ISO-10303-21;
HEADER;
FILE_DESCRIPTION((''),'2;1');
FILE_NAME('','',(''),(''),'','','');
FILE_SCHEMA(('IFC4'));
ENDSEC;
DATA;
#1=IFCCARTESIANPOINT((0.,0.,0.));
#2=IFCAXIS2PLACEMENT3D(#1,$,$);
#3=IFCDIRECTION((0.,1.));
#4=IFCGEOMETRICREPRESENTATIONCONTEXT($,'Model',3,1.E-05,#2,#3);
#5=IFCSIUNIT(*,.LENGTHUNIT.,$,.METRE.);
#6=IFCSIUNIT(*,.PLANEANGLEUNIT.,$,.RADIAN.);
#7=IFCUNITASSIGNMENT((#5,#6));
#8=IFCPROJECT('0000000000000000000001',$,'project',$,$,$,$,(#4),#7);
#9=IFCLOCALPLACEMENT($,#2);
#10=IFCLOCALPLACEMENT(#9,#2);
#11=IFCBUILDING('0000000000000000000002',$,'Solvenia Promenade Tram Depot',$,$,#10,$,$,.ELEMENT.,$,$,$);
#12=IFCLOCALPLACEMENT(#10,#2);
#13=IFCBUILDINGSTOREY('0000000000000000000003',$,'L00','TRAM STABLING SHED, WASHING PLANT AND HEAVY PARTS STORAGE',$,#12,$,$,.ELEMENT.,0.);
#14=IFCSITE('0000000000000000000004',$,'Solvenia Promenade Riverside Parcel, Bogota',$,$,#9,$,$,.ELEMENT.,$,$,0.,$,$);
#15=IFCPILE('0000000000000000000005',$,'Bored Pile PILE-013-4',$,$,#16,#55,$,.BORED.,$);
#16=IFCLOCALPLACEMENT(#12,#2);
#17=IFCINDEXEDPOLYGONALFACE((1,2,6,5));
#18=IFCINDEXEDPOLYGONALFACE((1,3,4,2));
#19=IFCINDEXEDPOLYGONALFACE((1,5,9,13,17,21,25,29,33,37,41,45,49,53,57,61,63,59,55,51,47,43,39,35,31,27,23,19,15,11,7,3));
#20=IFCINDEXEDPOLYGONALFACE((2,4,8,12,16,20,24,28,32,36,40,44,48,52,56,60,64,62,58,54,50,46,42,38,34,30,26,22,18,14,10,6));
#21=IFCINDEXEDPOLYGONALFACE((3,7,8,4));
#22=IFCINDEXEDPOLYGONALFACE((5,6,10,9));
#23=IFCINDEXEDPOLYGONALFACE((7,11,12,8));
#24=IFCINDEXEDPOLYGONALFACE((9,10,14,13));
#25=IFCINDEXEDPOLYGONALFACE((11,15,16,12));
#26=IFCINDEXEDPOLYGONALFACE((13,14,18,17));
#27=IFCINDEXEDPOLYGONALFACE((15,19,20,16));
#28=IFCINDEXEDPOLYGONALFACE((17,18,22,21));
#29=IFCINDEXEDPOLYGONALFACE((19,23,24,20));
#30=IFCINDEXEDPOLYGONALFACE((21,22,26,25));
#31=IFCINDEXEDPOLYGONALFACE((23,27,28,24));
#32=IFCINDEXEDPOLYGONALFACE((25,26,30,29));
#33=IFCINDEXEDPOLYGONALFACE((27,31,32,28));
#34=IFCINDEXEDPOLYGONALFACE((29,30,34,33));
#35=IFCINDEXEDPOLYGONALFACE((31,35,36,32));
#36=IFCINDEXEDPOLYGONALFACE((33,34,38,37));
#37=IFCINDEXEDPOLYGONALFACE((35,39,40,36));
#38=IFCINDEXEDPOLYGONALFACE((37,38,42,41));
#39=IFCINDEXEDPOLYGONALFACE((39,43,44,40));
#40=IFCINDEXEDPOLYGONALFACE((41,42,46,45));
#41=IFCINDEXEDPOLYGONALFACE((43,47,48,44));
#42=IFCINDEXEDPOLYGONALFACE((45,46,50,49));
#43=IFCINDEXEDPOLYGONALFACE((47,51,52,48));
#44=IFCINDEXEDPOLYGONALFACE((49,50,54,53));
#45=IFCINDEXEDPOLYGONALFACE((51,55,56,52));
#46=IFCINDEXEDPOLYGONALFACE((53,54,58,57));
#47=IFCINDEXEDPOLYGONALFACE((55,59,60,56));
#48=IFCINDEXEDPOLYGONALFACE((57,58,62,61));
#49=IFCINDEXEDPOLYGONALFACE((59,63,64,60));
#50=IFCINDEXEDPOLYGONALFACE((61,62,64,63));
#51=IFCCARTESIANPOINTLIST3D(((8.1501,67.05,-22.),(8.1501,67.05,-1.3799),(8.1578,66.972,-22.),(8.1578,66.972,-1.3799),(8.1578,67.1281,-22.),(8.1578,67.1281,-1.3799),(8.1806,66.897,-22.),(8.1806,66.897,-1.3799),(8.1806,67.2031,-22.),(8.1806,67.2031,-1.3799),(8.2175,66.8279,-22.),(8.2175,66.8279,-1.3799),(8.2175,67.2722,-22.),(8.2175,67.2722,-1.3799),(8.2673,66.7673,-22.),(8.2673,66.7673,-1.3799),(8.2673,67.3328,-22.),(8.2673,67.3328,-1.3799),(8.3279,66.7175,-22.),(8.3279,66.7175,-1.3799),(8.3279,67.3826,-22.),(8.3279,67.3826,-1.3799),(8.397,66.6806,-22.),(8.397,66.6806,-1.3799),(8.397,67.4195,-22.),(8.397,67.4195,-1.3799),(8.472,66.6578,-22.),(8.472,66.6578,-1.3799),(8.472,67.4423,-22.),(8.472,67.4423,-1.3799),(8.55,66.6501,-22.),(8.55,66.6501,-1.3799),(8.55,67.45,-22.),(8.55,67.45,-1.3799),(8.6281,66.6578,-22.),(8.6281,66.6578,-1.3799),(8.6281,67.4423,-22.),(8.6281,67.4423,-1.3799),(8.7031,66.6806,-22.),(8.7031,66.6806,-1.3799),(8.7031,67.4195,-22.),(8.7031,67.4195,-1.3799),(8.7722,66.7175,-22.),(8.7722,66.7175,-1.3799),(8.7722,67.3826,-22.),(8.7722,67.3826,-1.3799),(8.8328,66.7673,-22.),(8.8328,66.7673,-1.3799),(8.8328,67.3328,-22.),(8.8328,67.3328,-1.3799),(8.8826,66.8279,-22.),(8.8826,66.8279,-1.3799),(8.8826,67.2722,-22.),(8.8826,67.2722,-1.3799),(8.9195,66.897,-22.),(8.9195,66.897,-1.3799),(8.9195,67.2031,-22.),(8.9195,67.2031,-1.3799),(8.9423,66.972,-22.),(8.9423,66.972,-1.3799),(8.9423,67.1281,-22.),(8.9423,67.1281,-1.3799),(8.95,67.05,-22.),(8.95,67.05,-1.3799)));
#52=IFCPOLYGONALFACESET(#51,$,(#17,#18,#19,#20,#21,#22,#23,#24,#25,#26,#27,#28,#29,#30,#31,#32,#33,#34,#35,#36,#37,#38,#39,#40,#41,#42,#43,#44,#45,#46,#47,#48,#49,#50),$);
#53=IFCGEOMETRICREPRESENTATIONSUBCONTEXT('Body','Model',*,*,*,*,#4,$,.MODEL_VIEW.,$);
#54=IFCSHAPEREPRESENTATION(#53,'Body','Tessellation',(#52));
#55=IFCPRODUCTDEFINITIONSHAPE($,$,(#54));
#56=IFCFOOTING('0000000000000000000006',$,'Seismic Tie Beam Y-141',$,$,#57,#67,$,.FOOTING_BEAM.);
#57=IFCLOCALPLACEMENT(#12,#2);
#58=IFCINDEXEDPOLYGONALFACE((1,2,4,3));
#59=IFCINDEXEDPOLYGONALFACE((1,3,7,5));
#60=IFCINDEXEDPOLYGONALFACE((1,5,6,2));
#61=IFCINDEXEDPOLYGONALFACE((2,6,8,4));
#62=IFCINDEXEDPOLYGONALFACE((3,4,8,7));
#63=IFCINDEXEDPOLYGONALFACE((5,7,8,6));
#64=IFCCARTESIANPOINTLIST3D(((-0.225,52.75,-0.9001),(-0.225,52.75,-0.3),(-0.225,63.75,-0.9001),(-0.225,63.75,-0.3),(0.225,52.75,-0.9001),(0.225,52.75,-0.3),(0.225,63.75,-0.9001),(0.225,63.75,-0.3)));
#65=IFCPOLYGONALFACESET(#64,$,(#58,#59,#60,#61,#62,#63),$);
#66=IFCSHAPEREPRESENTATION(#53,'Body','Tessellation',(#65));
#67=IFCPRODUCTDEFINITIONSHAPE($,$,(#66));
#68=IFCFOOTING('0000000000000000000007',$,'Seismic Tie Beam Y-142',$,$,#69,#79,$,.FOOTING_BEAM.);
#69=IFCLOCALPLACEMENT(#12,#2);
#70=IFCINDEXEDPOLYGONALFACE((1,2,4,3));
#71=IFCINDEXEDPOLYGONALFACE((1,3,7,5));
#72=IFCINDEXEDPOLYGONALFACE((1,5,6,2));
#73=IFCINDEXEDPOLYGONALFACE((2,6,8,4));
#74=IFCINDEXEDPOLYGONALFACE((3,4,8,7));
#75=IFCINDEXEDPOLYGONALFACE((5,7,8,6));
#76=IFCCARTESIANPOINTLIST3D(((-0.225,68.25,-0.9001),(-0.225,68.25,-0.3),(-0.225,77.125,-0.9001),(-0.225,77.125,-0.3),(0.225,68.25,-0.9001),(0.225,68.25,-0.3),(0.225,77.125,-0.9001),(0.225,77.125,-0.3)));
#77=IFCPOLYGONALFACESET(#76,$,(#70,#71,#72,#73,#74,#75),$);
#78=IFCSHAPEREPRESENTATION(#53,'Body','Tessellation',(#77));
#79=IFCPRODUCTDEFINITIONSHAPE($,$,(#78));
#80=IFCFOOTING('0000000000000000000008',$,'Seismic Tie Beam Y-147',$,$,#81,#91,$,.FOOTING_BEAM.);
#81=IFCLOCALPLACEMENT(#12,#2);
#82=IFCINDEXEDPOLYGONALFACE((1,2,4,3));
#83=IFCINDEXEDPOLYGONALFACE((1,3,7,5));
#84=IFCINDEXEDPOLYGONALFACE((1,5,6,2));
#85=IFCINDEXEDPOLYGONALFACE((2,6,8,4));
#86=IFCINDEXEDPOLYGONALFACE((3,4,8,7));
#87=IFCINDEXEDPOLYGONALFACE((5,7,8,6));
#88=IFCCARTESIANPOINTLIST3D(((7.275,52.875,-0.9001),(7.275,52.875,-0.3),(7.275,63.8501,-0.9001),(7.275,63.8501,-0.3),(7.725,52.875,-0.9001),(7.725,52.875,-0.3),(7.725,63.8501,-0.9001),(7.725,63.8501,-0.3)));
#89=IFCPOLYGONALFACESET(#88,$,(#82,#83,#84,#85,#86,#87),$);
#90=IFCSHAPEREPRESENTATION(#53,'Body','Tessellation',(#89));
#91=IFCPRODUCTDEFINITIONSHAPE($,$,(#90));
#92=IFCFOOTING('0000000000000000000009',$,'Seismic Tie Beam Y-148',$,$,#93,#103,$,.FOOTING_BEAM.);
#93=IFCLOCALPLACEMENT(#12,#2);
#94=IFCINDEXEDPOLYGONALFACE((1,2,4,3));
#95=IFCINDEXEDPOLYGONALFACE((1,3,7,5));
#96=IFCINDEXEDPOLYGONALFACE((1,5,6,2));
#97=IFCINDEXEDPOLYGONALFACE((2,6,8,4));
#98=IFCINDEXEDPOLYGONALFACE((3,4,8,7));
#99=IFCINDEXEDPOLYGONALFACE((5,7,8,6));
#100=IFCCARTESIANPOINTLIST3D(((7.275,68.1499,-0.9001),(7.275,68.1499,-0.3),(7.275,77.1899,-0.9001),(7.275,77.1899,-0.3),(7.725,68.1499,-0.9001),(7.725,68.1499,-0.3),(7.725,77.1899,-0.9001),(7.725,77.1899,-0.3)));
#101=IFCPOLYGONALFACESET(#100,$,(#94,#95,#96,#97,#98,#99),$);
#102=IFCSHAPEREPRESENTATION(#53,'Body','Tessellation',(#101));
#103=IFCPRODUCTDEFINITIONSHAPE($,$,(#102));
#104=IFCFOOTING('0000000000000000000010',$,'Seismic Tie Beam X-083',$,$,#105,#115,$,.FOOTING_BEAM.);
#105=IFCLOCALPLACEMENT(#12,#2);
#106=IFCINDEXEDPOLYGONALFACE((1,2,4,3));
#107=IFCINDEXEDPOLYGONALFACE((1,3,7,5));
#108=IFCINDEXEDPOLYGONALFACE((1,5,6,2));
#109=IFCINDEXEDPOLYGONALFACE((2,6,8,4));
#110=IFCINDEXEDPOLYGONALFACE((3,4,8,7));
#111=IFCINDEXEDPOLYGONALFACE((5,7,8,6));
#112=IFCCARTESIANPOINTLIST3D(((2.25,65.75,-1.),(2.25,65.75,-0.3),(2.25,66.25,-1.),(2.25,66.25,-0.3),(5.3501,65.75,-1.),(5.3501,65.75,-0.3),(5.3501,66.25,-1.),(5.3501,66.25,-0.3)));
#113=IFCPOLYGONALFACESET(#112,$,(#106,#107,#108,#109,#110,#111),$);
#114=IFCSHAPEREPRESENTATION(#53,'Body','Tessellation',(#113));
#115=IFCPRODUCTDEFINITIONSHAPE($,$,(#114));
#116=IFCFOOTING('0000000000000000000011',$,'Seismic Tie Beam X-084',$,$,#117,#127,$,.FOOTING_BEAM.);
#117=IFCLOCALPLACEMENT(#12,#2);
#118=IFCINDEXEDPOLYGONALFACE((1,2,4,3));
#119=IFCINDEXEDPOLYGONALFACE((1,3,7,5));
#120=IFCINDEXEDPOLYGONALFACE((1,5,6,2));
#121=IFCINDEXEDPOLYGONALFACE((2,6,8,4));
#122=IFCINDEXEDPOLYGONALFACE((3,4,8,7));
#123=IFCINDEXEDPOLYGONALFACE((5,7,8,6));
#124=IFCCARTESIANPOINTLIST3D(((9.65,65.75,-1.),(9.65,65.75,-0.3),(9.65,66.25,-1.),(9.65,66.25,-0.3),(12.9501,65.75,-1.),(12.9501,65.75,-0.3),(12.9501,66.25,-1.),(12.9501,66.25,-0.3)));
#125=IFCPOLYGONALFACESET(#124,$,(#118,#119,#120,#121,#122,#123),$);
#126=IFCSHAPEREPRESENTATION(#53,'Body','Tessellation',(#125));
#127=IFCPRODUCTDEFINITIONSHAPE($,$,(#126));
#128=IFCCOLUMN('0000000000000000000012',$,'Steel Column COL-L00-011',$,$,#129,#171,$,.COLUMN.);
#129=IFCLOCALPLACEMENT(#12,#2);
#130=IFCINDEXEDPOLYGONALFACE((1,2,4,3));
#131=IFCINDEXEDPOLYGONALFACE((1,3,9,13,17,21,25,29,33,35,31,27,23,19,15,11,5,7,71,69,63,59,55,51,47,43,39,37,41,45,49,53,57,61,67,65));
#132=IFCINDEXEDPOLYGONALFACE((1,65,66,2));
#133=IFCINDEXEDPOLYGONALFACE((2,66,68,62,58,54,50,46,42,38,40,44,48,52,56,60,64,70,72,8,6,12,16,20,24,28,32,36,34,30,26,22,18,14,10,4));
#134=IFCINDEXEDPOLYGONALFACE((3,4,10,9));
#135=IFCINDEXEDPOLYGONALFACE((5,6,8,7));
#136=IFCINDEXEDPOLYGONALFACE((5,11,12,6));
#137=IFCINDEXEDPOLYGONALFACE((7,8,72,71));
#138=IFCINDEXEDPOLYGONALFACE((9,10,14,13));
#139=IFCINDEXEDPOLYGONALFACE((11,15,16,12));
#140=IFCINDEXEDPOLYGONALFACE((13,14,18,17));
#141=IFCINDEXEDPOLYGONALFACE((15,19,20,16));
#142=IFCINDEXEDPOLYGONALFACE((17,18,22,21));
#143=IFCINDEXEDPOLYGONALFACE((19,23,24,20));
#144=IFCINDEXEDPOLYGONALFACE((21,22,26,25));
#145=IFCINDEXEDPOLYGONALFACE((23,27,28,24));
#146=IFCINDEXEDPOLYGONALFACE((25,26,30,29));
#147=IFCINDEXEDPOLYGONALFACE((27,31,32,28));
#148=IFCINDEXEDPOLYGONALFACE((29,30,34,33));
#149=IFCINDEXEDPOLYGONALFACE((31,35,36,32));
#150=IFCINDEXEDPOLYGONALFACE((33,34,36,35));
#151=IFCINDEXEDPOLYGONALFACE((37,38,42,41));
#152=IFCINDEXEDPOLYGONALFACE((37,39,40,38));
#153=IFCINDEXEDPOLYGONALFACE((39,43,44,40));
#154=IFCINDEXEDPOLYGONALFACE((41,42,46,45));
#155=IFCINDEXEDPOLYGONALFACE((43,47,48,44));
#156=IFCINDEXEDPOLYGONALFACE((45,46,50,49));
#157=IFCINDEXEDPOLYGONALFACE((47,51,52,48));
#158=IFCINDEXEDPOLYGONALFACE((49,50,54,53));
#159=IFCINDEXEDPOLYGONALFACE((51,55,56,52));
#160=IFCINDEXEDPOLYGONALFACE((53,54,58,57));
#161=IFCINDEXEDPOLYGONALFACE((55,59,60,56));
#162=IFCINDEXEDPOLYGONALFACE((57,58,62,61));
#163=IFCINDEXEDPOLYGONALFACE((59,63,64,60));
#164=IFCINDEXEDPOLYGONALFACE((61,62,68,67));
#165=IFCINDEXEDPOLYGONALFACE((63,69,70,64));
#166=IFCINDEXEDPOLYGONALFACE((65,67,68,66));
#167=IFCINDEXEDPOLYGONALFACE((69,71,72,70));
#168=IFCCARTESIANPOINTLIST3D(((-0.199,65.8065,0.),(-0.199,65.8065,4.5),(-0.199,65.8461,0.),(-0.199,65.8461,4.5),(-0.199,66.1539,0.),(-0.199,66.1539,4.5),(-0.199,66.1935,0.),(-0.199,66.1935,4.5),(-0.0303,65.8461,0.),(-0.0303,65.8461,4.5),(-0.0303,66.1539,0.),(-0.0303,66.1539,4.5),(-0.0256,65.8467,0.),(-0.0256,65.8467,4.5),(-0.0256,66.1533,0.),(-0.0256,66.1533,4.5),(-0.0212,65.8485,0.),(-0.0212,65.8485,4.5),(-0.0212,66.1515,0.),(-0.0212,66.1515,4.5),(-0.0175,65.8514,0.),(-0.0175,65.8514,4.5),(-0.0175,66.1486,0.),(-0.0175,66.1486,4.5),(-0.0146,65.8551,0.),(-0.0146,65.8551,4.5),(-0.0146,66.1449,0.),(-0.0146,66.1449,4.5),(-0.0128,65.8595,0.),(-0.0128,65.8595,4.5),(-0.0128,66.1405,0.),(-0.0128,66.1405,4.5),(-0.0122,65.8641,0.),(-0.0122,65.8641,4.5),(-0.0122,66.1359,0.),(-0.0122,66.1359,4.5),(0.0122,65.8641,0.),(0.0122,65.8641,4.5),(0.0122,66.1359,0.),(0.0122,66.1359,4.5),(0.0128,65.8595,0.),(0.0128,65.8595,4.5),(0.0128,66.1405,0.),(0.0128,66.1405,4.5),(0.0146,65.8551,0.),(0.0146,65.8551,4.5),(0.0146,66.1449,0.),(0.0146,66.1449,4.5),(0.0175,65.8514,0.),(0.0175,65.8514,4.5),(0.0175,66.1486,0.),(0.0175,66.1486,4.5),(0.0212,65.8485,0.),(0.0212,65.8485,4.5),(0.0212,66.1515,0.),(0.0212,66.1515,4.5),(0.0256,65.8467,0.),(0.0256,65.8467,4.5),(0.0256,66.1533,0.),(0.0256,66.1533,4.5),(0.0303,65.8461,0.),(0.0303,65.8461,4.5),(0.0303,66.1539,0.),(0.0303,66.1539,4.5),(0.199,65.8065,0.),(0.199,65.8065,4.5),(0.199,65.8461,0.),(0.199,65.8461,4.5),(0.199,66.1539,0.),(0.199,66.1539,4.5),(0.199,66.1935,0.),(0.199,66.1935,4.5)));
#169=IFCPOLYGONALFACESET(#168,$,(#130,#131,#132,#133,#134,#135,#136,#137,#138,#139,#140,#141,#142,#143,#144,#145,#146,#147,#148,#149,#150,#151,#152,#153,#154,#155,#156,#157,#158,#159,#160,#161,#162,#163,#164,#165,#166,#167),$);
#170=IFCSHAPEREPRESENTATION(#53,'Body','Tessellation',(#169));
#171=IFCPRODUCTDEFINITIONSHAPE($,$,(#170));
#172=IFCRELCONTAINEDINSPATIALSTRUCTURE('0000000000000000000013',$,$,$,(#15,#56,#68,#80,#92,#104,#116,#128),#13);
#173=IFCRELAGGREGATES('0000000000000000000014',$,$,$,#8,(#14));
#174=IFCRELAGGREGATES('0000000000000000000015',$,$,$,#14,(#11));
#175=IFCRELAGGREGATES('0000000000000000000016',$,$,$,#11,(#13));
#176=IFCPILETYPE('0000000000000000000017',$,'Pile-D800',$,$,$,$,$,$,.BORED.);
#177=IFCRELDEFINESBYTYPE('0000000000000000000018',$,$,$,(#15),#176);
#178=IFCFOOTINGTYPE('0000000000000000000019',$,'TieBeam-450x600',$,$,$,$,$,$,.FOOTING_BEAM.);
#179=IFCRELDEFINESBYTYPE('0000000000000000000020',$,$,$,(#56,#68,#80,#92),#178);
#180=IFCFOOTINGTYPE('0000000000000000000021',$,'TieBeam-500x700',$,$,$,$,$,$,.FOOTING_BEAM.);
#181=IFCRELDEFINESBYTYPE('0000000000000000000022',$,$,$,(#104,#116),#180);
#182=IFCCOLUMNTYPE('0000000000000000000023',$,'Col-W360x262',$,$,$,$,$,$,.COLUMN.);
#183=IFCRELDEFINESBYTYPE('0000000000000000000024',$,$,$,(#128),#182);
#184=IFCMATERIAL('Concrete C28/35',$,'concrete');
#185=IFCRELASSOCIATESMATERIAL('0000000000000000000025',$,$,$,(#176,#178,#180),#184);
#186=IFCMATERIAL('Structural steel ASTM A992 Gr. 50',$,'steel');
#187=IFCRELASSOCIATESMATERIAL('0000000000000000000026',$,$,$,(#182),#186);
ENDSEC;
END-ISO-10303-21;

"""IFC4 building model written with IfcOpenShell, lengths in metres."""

from ifc_helpers import new_model, si_unit, direction, frame, origin, origin_2d, place, context, subcontext, project, spatial, rectangle, circle, i_section, extrude, material, material_profile, profile_set, type_object, element, save


model = new_model("IFC4")

# Units and contexts
model_context = context("Model", 3, precision=1e-05, world=origin(), true_north=direction((0.0, 1.0)))
body_context = subcontext(model_context, "Body", "Model", "MODEL_VIEW")
ifc_project = project(units=[si_unit("LENGTHUNIT", "METRE"), si_unit("PLANEANGLEUNIT", "RADIAN")], contexts=[model_context])

# Site, building, storey
site_placement = place(None, origin())
site = spatial("IfcSite", under=ifc_project, at=site_placement, Name="Solvenia Promenade Riverside Parcel, Bogota", CompositionType="ELEMENT", RefElevation=0.0)
building_placement = place(site_placement, origin())
building = spatial("IfcBuilding", under=site, at=building_placement, Name="Solvenia Promenade Tram Depot", CompositionType="ELEMENT")
storey_placement = place(building_placement, origin())
storey = spatial("IfcBuildingStorey", under=building, at=storey_placement, Name="L00", Description="TRAM STABLING SHED, WASHING PLANT AND HEAVY PARTS STORAGE", CompositionType="ELEMENT", Elevation=0.0)

# Shared definitions
ifc_material_1 = material(Name="Concrete C28/35", Category="concrete")

# Pile
ifc_material_profile_1 = material_profile(ifc_material_1, circle(Radius=0.3999, at=origin_2d()), Name="D800", Category="concrete")
ifc_profile_set_1 = profile_set([ifc_material_profile_1], Name="Concrete C28/35")
pile_type_1 = type_object("IfcPileType", Name="Pile-D800", PredefinedType="BORED", material=ifc_profile_set_1)
for number, where, z_axis, x_axis, name in (
    (1, (8.55, 67.05, -1.3799), (0.0, 0.0, -1.0), (1.0, 0.0, 0.0), "Bored Pile PILE-013-4"),
):
    element("IfcPile", number, at=place(storey_placement, frame(where, z_axis=z_axis, x_axis=x_axis)), inside=storey, type_object=pile_type_1, Name=name, PredefinedType="BORED", context=body_context, shape_type="SweptSolid", body=[
        extrude(circle(Radius=0.3999, at=origin_2d()), origin(), (0.0, 0.0, 1.0), 20.6201),
    ])

# Footings
footing_type_1 = type_object("IfcFootingType", Name="TieBeam-450x600", PredefinedType="FOOTING_BEAM", material=ifc_material_1)
footing_1_placement = place(storey_placement, frame((0.0, 58.25, -0.9001), z_axis=(0.0, 0.0, 1.0), x_axis=(1.0, 0.0, 0.0)))
element("IfcFooting", 2, at=footing_1_placement, inside=storey, type_object=footing_type_1, Name="Seismic Tie Beam Y-141", PredefinedType="FOOTING_BEAM", context=body_context, shape_type="SweptSolid", body=[
    extrude(rectangle(XDim=0.45, YDim=11.0, at=origin_2d()), origin(), (0.0, 0.0, 1.0), 0.6001),
])
footing_2_placement = place(storey_placement, frame((0.0, 72.6875, -0.9001), z_axis=(0.0, 0.0, 1.0), x_axis=(1.0, 0.0, 0.0)))
element("IfcFooting", 3, at=footing_2_placement, inside=storey, type_object=footing_type_1, Name="Seismic Tie Beam Y-142", PredefinedType="FOOTING_BEAM", context=body_context, shape_type="SweptSolid", body=[
    extrude(rectangle(XDim=0.45, YDim=8.875, at=origin_2d()), origin(), (0.0, 0.0, 1.0), 0.6001),
])
footing_3_placement = place(storey_placement, frame((7.5, 58.3625, -0.9001), z_axis=(0.0, 0.0, 1.0), x_axis=(1.0, 0.0, 0.0)))
element("IfcFooting", 4, at=footing_3_placement, inside=storey, type_object=footing_type_1, Name="Seismic Tie Beam Y-147", PredefinedType="FOOTING_BEAM", context=body_context, shape_type="SweptSolid", body=[
    extrude(rectangle(XDim=0.45, YDim=10.9751, at=origin_2d()), origin(), (0.0, 0.0, 1.0), 0.6001),
])
footing_4_placement = place(storey_placement, frame((7.5, 72.6699, -0.9001), z_axis=(0.0, 0.0, 1.0), x_axis=(1.0, 0.0, 0.0)))
element("IfcFooting", 5, at=footing_4_placement, inside=storey, type_object=footing_type_1, Name="Seismic Tie Beam Y-148", PredefinedType="FOOTING_BEAM", context=body_context, shape_type="SweptSolid", body=[
    extrude(rectangle(XDim=0.45, YDim=9.04, at=origin_2d()), origin(), (0.0, 0.0, 1.0), 0.6001),
])
footing_type_2 = type_object("IfcFootingType", Name="TieBeam-500x700", PredefinedType="FOOTING_BEAM", material=ifc_material_1)
footing_5_placement = place(storey_placement, frame((3.8, 66.0, -1.0), z_axis=(0.0, 0.0, 1.0), x_axis=(1.0, 0.0, 0.0)))
element("IfcFooting", 6, at=footing_5_placement, inside=storey, type_object=footing_type_2, Name="Seismic Tie Beam X-083", PredefinedType="FOOTING_BEAM", context=body_context, shape_type="SweptSolid", body=[
    extrude(rectangle(XDim=3.1001, YDim=0.5, at=origin_2d()), origin(), (0.0, 0.0, 1.0), 0.7),
])
footing_6_placement = place(storey_placement, frame((11.3, 66.0, -1.0), z_axis=(0.0, 0.0, 1.0), x_axis=(1.0, 0.0, 0.0)))
element("IfcFooting", 7, at=footing_6_placement, inside=storey, type_object=footing_type_2, Name="Seismic Tie Beam X-084", PredefinedType="FOOTING_BEAM", context=body_context, shape_type="SweptSolid", body=[
    extrude(rectangle(XDim=3.3, YDim=0.5, at=origin_2d()), origin(), (0.0, 0.0, 1.0), 0.7),
])

# Column
ifc_material_2 = material(Name="Structural steel ASTM A992 Gr. 50", Category="steel")
ifc_material_profile_2 = material_profile(ifc_material_2, i_section(OverallWidth=0.3979, OverallDepth=0.387, WebThickness=0.0244, FlangeThickness=0.0396, FilletRadius=0.0181, at=origin_2d()), Name="W360x262", Category="steel")
ifc_profile_set_2 = profile_set([ifc_material_profile_2], Name="Structural steel ASTM A992 Gr. 50")
column_type = type_object("IfcColumnType", Name="Col-W360x262", PredefinedType="COLUMN", material=ifc_profile_set_2)
for number, where, z_axis, x_axis, name in (
    (8, (0.0, 66.0, 0.0), (0.0, 0.0, 1.0), (1.0, 0.0, 0.0), "Steel Column COL-L00-011"),
):
    element("IfcColumn", number, at=place(storey_placement, frame(where, z_axis=z_axis, x_axis=x_axis)), inside=storey, type_object=column_type, Name=name, PredefinedType="COLUMN", context=body_context, shape_type="SweptSolid", body=[
        extrude(i_section(OverallWidth=0.3979, OverallDepth=0.387, WebThickness=0.0244, FlangeThickness=0.0396, FilletRadius=0.0181, at=origin_2d()), origin(), (0.0, 0.0, 1.0), 4.5),
    ])

save(model, "model.ifc")
